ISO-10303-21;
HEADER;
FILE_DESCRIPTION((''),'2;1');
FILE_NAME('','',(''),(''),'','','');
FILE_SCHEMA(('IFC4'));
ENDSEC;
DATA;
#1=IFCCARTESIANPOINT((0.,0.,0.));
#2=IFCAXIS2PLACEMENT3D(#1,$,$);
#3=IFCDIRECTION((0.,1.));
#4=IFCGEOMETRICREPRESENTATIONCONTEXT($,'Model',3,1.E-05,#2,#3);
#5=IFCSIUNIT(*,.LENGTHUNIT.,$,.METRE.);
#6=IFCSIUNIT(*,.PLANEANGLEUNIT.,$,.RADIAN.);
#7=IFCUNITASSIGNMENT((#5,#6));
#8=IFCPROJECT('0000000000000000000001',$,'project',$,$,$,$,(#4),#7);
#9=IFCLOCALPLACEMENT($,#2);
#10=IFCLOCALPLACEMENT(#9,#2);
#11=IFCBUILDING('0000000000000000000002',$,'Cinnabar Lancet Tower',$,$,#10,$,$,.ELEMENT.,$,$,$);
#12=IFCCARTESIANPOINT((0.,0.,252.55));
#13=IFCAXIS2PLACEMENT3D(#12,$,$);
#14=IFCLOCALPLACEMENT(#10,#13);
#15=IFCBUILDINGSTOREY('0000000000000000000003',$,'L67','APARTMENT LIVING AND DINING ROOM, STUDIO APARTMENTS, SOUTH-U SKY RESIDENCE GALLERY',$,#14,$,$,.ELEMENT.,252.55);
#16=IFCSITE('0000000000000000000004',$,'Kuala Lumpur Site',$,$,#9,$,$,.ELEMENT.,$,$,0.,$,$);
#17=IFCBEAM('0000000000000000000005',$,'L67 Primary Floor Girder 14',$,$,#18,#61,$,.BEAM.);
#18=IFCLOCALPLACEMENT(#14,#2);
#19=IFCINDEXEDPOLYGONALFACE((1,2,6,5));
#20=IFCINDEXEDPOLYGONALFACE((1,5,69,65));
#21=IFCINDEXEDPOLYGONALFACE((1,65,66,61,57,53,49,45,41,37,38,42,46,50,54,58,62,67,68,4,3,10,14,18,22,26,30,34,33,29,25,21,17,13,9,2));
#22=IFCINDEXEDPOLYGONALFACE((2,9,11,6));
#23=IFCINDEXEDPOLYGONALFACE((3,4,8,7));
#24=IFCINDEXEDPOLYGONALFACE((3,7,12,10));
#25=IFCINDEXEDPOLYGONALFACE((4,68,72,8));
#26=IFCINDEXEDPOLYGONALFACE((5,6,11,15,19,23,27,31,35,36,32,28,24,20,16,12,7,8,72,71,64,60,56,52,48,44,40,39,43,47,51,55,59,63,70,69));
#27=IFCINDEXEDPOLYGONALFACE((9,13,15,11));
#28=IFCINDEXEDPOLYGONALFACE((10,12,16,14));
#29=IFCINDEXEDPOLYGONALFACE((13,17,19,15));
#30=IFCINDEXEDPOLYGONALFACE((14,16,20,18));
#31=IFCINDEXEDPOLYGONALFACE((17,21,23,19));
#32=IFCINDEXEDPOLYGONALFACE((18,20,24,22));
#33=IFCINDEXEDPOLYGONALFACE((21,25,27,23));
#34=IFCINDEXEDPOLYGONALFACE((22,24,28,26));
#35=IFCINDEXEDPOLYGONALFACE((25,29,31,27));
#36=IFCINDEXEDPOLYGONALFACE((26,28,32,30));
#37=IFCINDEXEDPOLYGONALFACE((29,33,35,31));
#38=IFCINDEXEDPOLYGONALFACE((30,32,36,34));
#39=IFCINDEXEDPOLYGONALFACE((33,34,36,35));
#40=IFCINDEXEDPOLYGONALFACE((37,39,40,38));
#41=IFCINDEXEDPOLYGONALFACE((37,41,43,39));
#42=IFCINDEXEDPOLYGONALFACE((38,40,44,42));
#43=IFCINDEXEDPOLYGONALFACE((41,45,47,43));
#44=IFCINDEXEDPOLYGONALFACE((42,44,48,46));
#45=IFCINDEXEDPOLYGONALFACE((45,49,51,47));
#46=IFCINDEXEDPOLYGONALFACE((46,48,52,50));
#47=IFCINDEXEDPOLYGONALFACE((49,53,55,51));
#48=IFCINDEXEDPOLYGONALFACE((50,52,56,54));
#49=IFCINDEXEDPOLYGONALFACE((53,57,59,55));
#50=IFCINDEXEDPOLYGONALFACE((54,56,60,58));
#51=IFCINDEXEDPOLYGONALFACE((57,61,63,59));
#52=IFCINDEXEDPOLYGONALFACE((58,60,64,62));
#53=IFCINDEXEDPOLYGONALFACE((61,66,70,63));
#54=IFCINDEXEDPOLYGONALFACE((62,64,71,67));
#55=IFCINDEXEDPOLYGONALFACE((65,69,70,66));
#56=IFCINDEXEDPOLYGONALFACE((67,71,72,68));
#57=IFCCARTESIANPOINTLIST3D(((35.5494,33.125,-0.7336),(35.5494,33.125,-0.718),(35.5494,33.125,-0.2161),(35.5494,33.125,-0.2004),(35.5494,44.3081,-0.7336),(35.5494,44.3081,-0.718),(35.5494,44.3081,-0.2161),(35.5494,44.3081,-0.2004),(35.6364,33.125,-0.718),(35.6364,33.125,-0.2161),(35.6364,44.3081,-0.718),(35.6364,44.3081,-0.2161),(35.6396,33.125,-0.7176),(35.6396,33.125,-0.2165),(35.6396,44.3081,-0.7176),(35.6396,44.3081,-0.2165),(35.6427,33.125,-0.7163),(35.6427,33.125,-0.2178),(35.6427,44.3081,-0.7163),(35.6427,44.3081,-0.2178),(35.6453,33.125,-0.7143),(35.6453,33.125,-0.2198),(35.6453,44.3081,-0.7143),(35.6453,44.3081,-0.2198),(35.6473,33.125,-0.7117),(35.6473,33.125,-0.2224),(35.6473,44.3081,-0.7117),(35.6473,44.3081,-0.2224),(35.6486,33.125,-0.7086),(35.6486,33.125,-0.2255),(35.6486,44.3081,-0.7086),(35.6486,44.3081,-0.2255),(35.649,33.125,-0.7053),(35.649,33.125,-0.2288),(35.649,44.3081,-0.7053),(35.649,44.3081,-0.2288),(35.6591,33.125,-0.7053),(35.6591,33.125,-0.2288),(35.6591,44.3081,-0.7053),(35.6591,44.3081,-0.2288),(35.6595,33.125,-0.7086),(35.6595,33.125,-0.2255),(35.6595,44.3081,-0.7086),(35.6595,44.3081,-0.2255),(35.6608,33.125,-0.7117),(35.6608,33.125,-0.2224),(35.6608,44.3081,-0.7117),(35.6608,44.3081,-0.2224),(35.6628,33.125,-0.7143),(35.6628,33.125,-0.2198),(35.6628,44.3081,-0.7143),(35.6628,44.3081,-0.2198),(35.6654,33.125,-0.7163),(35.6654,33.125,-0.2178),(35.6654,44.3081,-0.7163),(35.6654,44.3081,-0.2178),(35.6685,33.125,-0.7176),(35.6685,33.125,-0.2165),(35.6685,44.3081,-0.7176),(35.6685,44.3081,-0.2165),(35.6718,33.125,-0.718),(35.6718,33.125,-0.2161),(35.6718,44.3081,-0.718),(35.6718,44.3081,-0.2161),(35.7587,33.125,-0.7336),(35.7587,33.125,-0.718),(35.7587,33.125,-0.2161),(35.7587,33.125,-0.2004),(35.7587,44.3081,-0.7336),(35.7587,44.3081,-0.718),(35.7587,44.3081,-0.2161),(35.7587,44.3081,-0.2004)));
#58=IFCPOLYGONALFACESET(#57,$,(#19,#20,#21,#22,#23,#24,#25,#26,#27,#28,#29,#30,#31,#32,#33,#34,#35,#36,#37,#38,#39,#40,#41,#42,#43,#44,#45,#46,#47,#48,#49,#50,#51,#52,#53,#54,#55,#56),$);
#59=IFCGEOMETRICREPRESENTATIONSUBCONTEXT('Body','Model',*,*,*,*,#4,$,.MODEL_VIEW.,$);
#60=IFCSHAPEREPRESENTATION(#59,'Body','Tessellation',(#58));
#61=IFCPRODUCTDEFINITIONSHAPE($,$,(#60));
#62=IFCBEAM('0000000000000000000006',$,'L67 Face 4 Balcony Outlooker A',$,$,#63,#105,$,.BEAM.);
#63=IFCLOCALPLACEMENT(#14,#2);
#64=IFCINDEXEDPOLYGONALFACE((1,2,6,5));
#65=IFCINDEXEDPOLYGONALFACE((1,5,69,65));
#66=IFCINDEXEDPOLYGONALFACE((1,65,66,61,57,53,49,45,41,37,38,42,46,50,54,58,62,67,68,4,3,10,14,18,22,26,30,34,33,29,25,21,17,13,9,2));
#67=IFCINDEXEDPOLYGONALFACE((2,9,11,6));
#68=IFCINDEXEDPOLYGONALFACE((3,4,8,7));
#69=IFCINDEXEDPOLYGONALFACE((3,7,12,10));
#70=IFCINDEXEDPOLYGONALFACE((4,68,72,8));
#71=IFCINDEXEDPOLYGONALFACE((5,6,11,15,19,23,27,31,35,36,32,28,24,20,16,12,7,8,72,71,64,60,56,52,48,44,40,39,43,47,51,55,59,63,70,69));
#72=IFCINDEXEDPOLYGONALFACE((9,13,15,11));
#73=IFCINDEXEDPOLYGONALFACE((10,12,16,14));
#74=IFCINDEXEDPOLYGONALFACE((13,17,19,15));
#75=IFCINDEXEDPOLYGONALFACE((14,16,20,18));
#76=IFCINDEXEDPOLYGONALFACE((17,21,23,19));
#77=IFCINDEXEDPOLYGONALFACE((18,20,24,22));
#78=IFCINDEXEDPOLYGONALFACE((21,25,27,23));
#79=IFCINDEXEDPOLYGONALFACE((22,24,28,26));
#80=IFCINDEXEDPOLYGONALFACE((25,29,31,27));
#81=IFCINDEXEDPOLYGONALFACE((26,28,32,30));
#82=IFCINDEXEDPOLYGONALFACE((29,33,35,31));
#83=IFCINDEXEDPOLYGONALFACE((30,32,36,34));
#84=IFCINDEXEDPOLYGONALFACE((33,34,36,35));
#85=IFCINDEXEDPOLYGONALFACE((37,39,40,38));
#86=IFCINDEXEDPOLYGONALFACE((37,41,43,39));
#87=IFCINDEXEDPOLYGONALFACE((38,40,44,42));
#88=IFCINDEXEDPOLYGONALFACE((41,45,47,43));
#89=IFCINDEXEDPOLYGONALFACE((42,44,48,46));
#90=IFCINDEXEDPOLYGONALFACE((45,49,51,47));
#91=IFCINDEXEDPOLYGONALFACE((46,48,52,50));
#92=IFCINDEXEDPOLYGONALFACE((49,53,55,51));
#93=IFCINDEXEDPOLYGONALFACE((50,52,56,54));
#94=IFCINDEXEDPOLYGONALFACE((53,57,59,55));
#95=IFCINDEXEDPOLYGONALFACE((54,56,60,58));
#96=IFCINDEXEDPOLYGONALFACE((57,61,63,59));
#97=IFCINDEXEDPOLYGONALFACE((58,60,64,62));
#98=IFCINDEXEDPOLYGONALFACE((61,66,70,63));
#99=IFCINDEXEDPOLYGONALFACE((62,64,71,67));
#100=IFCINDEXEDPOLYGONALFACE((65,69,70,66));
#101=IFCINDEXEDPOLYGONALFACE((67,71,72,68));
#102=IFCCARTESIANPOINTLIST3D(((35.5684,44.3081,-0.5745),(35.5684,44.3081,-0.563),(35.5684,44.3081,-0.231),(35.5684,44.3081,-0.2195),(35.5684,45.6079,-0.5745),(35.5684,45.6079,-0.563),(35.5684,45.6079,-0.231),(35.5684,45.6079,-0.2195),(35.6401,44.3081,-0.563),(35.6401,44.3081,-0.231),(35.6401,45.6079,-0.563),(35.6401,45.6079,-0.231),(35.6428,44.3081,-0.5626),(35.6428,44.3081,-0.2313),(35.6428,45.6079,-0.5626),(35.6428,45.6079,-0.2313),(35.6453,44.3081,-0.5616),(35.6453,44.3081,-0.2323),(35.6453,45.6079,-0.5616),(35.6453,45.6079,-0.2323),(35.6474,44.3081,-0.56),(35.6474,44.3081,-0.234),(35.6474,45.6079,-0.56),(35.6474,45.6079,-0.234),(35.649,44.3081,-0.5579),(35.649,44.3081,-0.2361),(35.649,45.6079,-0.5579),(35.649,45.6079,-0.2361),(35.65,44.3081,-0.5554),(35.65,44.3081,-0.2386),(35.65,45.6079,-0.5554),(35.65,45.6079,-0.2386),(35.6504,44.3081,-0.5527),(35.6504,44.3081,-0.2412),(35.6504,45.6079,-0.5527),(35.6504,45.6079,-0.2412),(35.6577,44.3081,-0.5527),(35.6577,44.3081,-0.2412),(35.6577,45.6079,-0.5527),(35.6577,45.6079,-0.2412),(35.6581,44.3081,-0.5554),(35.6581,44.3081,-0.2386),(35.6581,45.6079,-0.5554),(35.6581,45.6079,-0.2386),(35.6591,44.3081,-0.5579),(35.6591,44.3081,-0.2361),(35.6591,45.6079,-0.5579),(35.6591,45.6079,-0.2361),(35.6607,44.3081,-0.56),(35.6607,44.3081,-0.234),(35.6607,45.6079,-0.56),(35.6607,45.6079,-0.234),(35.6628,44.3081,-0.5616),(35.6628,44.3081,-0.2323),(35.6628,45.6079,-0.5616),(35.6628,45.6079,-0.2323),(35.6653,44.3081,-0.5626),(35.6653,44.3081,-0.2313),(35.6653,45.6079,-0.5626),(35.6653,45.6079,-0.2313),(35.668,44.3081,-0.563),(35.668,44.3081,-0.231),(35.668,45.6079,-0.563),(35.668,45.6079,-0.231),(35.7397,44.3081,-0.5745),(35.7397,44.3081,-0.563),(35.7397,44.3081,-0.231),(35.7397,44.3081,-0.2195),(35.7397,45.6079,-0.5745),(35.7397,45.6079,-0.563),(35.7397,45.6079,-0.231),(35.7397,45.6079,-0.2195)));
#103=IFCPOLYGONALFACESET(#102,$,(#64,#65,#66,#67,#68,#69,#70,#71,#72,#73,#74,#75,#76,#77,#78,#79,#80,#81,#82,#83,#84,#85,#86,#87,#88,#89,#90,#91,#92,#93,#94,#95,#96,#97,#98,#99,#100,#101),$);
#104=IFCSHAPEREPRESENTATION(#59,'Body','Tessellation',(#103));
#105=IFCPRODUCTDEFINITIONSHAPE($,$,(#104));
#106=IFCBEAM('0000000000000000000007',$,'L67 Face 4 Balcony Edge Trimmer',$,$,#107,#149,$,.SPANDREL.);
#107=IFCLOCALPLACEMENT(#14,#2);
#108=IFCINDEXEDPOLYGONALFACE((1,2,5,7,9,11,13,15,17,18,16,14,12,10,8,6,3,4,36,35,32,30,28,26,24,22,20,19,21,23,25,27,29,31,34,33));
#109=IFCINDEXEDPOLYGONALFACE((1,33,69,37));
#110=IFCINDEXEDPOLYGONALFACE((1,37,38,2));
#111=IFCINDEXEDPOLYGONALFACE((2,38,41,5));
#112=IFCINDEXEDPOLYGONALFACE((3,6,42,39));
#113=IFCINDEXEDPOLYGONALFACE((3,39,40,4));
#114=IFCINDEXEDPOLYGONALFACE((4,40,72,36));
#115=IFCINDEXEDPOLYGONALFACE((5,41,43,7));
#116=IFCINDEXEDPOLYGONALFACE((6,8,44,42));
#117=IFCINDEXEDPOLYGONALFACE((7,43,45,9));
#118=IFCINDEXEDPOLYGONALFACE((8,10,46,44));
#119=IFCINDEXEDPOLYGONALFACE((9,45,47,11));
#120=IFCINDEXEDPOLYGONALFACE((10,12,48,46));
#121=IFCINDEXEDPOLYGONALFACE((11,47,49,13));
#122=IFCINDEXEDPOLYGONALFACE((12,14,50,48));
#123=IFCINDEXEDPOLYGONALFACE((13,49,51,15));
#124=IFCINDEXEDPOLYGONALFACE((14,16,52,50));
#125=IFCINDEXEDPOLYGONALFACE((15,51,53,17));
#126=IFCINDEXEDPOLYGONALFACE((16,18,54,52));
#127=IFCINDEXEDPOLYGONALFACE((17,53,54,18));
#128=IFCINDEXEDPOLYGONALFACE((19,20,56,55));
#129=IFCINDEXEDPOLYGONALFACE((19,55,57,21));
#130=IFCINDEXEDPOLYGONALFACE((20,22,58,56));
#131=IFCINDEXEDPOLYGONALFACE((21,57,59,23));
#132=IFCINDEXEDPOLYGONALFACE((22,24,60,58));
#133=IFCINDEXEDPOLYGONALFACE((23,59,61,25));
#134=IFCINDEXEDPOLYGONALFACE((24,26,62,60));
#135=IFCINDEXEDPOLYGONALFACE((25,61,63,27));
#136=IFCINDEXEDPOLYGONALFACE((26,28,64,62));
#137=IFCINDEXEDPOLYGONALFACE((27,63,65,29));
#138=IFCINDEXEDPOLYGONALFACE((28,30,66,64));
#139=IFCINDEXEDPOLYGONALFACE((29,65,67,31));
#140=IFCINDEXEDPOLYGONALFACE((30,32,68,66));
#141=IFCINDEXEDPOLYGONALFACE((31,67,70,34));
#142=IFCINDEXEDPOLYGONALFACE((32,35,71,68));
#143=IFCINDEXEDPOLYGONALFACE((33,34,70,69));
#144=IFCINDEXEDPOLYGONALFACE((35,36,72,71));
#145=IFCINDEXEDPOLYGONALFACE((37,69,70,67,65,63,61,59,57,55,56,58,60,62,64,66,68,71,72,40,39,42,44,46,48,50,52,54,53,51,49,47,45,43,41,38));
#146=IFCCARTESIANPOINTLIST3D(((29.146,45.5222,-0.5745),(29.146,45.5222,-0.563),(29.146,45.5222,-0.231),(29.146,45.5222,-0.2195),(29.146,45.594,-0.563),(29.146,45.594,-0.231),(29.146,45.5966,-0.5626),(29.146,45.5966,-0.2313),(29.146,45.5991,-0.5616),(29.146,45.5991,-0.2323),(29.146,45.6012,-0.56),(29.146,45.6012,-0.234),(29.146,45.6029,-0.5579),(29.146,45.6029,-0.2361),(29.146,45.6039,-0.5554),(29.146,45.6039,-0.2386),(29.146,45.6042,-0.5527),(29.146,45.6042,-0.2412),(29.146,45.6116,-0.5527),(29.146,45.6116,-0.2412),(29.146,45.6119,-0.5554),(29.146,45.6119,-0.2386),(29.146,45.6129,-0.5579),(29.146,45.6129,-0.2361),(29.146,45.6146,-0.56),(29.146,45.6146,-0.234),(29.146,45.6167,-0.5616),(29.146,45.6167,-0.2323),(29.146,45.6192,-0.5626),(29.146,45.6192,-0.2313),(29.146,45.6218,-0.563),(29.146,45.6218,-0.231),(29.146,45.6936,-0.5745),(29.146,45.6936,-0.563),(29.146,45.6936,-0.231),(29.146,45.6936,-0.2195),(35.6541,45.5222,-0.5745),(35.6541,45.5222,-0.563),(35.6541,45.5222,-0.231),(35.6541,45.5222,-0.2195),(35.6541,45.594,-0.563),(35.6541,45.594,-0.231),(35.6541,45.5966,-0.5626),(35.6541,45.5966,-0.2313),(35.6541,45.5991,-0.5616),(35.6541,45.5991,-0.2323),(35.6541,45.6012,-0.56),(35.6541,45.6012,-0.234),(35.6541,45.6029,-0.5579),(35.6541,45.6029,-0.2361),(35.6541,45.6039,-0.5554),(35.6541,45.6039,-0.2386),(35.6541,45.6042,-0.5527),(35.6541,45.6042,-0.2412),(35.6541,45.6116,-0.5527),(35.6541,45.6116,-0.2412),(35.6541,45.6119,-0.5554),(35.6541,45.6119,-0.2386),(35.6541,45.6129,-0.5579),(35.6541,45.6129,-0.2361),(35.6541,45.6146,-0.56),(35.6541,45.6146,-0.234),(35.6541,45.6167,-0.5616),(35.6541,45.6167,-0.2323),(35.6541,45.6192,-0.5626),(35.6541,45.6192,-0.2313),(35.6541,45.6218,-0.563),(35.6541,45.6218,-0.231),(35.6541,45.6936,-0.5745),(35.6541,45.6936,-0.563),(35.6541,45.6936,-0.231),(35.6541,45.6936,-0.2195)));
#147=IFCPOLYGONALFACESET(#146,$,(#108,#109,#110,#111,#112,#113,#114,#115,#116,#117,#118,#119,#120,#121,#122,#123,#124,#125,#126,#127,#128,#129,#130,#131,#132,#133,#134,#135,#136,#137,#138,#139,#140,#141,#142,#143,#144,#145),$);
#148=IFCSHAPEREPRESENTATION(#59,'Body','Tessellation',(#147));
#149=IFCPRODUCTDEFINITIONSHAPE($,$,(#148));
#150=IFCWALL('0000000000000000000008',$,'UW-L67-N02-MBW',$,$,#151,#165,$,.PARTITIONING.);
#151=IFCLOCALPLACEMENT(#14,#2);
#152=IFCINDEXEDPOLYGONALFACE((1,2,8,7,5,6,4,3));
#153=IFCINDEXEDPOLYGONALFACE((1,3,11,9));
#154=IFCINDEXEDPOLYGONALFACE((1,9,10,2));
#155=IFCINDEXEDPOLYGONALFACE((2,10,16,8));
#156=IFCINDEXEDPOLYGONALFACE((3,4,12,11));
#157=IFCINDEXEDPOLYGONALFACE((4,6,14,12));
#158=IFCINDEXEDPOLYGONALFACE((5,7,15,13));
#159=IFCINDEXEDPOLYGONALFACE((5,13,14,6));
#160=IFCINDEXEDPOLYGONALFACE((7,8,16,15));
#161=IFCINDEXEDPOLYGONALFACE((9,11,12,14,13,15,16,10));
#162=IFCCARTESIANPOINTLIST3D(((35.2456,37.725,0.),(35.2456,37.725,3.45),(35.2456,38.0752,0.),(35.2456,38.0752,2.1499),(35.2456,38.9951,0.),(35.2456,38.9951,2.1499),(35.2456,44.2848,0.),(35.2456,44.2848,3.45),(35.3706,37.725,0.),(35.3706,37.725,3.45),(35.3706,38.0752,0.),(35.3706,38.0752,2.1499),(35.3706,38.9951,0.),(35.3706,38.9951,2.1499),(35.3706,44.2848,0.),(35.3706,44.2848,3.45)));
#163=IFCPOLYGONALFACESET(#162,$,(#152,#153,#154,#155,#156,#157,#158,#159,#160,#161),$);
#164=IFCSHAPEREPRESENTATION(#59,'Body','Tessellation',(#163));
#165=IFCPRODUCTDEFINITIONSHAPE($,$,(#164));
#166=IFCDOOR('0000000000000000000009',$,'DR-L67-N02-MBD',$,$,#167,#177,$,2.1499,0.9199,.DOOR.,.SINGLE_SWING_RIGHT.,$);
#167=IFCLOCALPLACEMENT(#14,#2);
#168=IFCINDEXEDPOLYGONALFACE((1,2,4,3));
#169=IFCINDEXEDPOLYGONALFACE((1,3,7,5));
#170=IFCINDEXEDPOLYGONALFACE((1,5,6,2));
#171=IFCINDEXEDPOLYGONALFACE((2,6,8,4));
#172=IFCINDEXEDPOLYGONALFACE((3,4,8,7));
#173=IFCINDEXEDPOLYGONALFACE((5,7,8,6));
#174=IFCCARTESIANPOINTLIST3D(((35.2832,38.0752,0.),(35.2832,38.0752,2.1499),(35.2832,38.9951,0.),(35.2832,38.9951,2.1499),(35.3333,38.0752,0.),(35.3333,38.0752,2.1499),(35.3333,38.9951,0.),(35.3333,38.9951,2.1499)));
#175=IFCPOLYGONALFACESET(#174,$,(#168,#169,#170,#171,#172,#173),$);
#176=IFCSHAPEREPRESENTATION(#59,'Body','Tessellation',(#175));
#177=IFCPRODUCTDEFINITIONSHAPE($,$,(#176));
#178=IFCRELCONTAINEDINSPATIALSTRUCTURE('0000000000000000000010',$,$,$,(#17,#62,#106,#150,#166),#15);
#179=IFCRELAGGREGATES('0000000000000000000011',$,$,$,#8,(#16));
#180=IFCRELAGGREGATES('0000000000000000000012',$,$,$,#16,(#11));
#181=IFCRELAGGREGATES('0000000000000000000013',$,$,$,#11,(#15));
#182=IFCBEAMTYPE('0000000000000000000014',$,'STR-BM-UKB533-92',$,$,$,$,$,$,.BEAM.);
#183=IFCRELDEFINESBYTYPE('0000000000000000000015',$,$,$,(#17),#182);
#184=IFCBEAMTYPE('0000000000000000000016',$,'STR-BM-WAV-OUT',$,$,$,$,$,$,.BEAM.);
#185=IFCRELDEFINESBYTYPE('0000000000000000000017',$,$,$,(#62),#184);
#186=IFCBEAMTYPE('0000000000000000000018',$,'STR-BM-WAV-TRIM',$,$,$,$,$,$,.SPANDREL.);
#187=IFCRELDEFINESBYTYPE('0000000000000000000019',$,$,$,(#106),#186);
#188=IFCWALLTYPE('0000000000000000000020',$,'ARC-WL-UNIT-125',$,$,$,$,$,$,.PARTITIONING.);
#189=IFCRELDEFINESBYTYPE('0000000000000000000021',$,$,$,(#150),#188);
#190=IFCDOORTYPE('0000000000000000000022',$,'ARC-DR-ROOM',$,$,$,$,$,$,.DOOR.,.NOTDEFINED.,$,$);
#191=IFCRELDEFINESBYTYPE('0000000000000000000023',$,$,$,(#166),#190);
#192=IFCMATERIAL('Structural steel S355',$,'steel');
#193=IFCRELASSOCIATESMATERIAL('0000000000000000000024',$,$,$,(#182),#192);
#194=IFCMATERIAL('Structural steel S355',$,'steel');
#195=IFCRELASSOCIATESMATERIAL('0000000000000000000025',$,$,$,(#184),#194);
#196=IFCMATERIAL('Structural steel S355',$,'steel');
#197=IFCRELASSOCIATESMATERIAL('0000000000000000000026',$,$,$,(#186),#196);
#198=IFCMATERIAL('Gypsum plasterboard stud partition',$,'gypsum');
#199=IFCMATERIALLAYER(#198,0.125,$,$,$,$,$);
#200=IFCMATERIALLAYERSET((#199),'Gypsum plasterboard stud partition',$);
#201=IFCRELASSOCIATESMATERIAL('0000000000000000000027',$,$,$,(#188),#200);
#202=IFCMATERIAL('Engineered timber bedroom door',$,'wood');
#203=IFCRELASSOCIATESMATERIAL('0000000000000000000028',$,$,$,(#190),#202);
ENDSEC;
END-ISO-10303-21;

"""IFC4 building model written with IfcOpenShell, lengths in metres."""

from ifc_helpers import new_model, si_unit, direction, frame, frame_2d, origin, origin_2d, place, context, subcontext, project, spatial, rectangle, i_section, extrude, material, layer, layer_set, material_profile, profile_set, type_object, element, fill, save


model = new_model("IFC4")

# Units and contexts
model_context = context("Model", 3, precision=1e-05, world=origin(), true_north=direction((0.0, 1.0)))
body_context = subcontext(model_context, "Body", "Model", "MODEL_VIEW")
ifc_project = project(units=[si_unit("LENGTHUNIT", "METRE"), si_unit("PLANEANGLEUNIT", "RADIAN")], contexts=[model_context])

# Site, building, storey
site_placement = place(None, origin())
site = spatial("IfcSite", under=ifc_project, at=site_placement, Name="Kuala Lumpur Site", CompositionType="ELEMENT", RefElevation=0.0)
building_placement = place(site_placement, origin())
building = spatial("IfcBuilding", under=site, at=building_placement, Name="Cinnabar Lancet Tower", CompositionType="ELEMENT")
storey_placement = place(building_placement, frame((0.0, 0.0, 252.55)))
storey = spatial("IfcBuildingStorey", under=building, at=storey_placement, Name="L67", Description="APARTMENT LIVING AND DINING ROOM, STUDIO APARTMENTS, SOUTH-U SKY RESIDENCE GALLERY", CompositionType="ELEMENT", Elevation=252.55)

# Beams
ifc_material_1 = material(Name="Structural steel S355", Category="steel")
ifc_material_profile_1 = material_profile(ifc_material_1, i_section(OverallWidth=0.2092, OverallDepth=0.5332, WebThickness=0.01, FlangeThickness=0.0156, FilletRadius=0.0127, at=origin_2d()), Name="UKB 533x210x92")
ifc_profile_set_1 = profile_set([ifc_material_profile_1], Name="Structural steel S355")
beam_type_1 = type_object("IfcBeamType", Name="STR-BM-UKB533-92", PredefinedType="BEAM", material=ifc_profile_set_1)
beam_1_placement = place(storey_placement, frame((35.6541, 44.3081, -0.467), z_axis=(0.0, -1.0, 0.0), x_axis=(1.0, 0.0, 0.0)))
element("IfcBeam", 1, at=beam_1_placement, inside=storey, type_object=beam_type_1, Name="L67 Primary Floor Girder 14", PredefinedType="BEAM", context=body_context, shape_type="SweptSolid", body=[
    extrude(i_section(OverallWidth=0.2092, OverallDepth=0.5332, WebThickness=0.01, FlangeThickness=0.0156, FilletRadius=0.0127, at=origin_2d()), origin(), (0.0, 0.0, 1.0), 11.1831),
])
ifc_material_2 = material(Name="Structural steel S355", Category="steel")
ifc_material_profile_2 = material_profile(ifc_material_2, i_section(OverallWidth=0.1714, OverallDepth=0.355, WebThickness=0.0073, FlangeThickness=0.0115, FilletRadius=0.0103, at=origin_2d()), Name="UKB 356x171x51")
ifc_profile_set_2 = profile_set([ifc_material_profile_2], Name="Structural steel S355")
beam_type_2 = type_object("IfcBeamType", Name="STR-BM-WAV-OUT", PredefinedType="BEAM", material=ifc_profile_set_2)
beam_2_placement = place(storey_placement, frame((35.6541, 44.3081, -0.397), z_axis=(0.0, 1.0, 0.0), x_axis=(-1.0, 0.0, 0.0)))
element("IfcBeam", 2, at=beam_2_placement, inside=storey, type_object=beam_type_2, Name="L67 Face 4 Balcony Outlooker A", PredefinedType="BEAM", context=body_context, shape_type="SweptSolid", body=[
    extrude(i_section(OverallWidth=0.1714, OverallDepth=0.355, WebThickness=0.0073, FlangeThickness=0.0115, FilletRadius=0.0103, at=origin_2d()), origin(), (0.0, 0.0, 1.0), 1.2998),
])
ifc_material_3 = material(Name="Structural steel S355", Category="steel")
ifc_material_profile_3 = material_profile(ifc_material_3, i_section(OverallWidth=0.1714, OverallDepth=0.355, WebThickness=0.0073, FlangeThickness=0.0115, FilletRadius=0.0103, at=origin_2d()), Name="UKB 356x171x51")
ifc_profile_set_3 = profile_set([ifc_material_profile_3], Name="Structural steel S355")
beam_type_3 = type_object("IfcBeamType", Name="STR-BM-WAV-TRIM", PredefinedType="SPANDREL", material=ifc_profile_set_3)
beam_3_placement = place(storey_placement, frame((35.6541, 45.6079, -0.397), z_axis=(-1.0, 0.0, 0.0), x_axis=(0.0, -1.0, 0.0)))
element("IfcBeam", 3, at=beam_3_placement, inside=storey, type_object=beam_type_3, Name="L67 Face 4 Balcony Edge Trimmer", PredefinedType="SPANDREL", context=body_context, shape_type="SweptSolid", body=[
    extrude(i_section(OverallWidth=0.1714, OverallDepth=0.355, WebThickness=0.0073, FlangeThickness=0.0115, FilletRadius=0.0103, at=origin_2d()), origin(), (0.0, 0.0, 1.0), 6.5081),
])

# Wall, opening, door
ifc_material_4 = material(Name="Gypsum plasterboard stud partition", Category="gypsum")
ifc_layer_1 = layer(ifc_material_4, 0.125)
ifc_layer_set_1 = layer_set([ifc_layer_1], Name="Gypsum plasterboard stud partition")
wall_type_1 = type_object("IfcWallType", Name="ARC-WL-UNIT-125", PredefinedType="PARTITIONING", material=ifc_layer_set_1)
wall_1_placement = place(storey_placement, frame((35.3081, 37.7251, 0.0), z_axis=(0.0, 0.0, 1.0), x_axis=(0.0, 1.0, 0.0)))
wall_1 = element("IfcWall", 4, at=wall_1_placement, inside=storey, type_object=wall_type_1, Name="UW-L67-N02-MBW", PredefinedType="PARTITIONING", context=body_context, shape_type="SweptSolid", body=[
    extrude(rectangle(XDim=6.5598, YDim=0.125, at=frame_2d((3.2798, 0.0))), origin(), (0.0, 0.0, 1.0), 3.45),
])
opening_1_placement = place(wall_1_placement, frame((0.3501, 0.0, 0.0)))
opening_1 = element("IfcOpeningElement", 5, at=opening_1_placement, cuts=wall_1, PredefinedType="OPENING", context=body_context, shape_type="SweptSolid", body=[
    extrude(rectangle(XDim=0.9199, YDim=2.1499, at=frame_2d((0.46, 1.075))), frame((0.0, 0.0725, 0.0), z_axis=(0.0, -1.0, 0.0), x_axis=(1.0, 0.0, 0.0)), (0.0, 0.0, 1.0), 0.145),
])
ifc_material_5 = material(Name="Engineered timber bedroom door", Category="wood")
door_type_1 = type_object("IfcDoorType", Name="ARC-DR-ROOM", OperationType="NOTDEFINED", PredefinedType="DOOR", material=ifc_material_5)
door_1_placement = place(opening_1_placement, origin())
door_1 = element("IfcDoor", 6, at=door_1_placement, inside=storey, type_object=door_type_1, Name="DR-L67-N02-MBD", OperationType="SINGLE_SWING_RIGHT", OverallHeight=2.1499, OverallWidth=0.9199, PredefinedType="DOOR", context=body_context, shape_type="SweptSolid", body=[
    extrude(rectangle(XDim=0.9199, YDim=2.1499, at=frame_2d((0.46, 1.075))), frame((0.0, 0.0249, 0.0), z_axis=(0.0, -1.0, 0.0), x_axis=(1.0, 0.0, 0.0)), (0.0, 0.0, 1.0), 0.05),
])
fill(opening_1, door_1)

save(model, "model.ifc")
